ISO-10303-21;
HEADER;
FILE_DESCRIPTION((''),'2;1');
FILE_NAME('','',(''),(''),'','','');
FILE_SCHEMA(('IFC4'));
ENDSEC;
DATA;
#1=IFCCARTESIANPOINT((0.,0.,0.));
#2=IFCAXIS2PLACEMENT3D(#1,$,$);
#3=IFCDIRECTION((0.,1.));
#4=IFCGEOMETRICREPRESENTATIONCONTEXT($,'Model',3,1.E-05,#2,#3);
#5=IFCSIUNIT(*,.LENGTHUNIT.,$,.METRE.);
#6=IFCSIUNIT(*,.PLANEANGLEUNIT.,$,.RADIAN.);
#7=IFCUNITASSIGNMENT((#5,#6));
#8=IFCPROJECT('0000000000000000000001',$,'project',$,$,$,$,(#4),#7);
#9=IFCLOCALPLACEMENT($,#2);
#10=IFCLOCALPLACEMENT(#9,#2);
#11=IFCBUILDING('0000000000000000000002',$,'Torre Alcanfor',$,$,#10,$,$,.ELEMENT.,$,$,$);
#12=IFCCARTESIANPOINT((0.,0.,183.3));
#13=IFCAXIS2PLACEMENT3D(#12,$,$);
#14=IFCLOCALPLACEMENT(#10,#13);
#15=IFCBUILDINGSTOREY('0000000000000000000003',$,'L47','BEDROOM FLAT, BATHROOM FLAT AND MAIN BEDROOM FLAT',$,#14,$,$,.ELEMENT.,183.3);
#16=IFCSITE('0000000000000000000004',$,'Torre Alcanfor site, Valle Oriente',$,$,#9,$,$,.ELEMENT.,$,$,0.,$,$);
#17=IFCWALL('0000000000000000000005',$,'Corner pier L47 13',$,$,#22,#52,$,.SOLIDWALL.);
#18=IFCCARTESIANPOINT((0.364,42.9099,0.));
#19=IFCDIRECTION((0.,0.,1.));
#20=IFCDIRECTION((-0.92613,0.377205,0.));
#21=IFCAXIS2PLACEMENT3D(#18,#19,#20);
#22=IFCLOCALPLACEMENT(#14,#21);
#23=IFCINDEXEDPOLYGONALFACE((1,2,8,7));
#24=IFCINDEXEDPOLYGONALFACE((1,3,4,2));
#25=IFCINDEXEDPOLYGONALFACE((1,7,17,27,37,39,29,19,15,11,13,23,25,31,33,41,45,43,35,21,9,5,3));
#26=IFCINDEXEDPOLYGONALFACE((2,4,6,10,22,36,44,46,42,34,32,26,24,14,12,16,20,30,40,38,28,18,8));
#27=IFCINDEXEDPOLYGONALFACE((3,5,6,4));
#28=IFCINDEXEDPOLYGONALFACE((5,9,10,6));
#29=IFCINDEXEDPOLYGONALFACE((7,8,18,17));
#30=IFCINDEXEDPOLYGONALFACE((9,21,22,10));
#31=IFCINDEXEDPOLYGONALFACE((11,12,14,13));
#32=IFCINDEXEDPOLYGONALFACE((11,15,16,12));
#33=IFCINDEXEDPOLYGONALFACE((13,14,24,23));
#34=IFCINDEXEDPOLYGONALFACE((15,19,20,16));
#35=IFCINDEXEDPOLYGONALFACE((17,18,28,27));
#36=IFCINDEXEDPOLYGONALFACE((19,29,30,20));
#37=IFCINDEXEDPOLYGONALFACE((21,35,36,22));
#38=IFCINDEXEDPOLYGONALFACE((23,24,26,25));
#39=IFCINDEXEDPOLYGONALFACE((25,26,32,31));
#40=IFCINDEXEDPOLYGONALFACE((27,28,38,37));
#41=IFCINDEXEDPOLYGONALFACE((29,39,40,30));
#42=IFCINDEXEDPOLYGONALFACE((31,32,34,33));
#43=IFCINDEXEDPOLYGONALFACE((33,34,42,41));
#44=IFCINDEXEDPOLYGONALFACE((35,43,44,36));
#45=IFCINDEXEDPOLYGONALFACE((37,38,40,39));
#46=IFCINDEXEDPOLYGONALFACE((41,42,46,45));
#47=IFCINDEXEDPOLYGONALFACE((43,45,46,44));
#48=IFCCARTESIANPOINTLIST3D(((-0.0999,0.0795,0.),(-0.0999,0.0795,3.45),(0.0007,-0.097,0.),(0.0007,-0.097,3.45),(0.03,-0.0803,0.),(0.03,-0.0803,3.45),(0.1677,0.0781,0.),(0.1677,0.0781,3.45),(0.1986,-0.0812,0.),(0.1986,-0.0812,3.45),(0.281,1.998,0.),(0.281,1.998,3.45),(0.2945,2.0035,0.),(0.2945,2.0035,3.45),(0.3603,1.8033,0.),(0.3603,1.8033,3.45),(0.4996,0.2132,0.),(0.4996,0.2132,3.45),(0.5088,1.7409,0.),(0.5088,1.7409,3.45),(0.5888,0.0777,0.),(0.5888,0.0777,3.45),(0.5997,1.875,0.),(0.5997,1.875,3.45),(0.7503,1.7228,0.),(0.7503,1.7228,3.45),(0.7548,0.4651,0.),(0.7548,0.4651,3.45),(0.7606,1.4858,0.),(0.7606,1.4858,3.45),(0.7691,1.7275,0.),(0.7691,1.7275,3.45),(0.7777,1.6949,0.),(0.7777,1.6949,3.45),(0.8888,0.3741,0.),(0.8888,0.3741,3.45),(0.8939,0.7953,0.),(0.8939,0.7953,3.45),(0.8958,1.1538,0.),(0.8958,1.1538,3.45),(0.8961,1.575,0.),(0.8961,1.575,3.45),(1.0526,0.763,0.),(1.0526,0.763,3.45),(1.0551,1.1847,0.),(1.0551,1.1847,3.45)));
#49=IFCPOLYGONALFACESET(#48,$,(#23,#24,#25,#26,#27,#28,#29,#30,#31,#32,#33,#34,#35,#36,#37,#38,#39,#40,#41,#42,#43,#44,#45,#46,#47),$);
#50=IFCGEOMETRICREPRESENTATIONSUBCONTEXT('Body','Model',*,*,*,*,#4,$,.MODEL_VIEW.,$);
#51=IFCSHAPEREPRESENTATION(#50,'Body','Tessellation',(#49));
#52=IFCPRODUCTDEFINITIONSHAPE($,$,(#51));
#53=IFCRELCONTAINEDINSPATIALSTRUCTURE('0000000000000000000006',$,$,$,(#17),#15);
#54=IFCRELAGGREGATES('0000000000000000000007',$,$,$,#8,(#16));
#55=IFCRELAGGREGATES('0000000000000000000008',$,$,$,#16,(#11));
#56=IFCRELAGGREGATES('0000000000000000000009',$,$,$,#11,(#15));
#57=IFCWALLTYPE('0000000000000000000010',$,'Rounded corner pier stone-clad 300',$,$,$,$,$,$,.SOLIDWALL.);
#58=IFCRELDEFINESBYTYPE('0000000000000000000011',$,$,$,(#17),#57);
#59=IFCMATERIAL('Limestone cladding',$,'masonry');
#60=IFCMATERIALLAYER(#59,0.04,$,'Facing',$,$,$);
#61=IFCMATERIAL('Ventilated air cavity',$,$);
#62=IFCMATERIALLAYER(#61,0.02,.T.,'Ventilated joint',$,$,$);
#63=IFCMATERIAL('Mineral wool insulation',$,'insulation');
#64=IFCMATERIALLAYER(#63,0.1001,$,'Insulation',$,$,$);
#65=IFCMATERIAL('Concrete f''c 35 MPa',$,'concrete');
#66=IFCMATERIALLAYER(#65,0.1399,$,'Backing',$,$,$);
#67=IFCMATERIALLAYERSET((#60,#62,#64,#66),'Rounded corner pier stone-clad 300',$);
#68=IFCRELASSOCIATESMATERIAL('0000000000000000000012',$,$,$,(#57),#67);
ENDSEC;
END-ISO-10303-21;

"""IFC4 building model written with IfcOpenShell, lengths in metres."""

from ifc_helpers import new_model, si_unit, direction, frame, origin, place, context, subcontext, project, spatial, polyline, outline, extrude, material, layer, layer_set, type_object, element, save


model = new_model("IFC4")

# Units and contexts
model_context = context("Model", 3, precision=1e-05, world=origin(), true_north=direction((0.0, 1.0)))
body_context = subcontext(model_context, "Body", "Model", "MODEL_VIEW")
ifc_project = project(units=[si_unit("LENGTHUNIT", "METRE"), si_unit("PLANEANGLEUNIT", "RADIAN")], contexts=[model_context])

# Site, building, storey
site_placement = place(None, origin())
site = spatial("IfcSite", under=ifc_project, at=site_placement, Name="Torre Alcanfor site, Valle Oriente", CompositionType="ELEMENT", RefElevation=0.0)
building_placement = place(site_placement, origin())
building = spatial("IfcBuilding", under=site, at=building_placement, Name="Torre Alcanfor", CompositionType="ELEMENT")
storey_placement = place(building_placement, frame((0.0, 0.0, 183.3)))
storey = spatial("IfcBuildingStorey", under=building, at=storey_placement, Name="L47", Description="BEDROOM FLAT, BATHROOM FLAT AND MAIN BEDROOM FLAT", CompositionType="ELEMENT", Elevation=183.3)

# Wall
ifc_material_1 = material(Name="Limestone cladding", Category="masonry")
ifc_layer_1 = layer(ifc_material_1, 0.04, Name="Facing")
ifc_material_2 = material(Name="Ventilated air cavity")
ifc_layer_2 = layer(ifc_material_2, 0.02, ventilated=True, Name="Ventilated joint")
ifc_material_3 = material(Name="Mineral wool insulation", Category="insulation")
ifc_layer_3 = layer(ifc_material_3, 0.1001, Name="Insulation")
ifc_material_4 = material(Name="Concrete f'c 35 MPa", Category="concrete")
ifc_layer_4 = layer(ifc_material_4, 0.1399, Name="Backing")
ifc_layer_set_1 = layer_set([ifc_layer_1, ifc_layer_2, ifc_layer_3, ifc_layer_4], Name="Rounded corner pier stone-clad 300")
wall_type_1 = type_object("IfcWallType", Name="Rounded corner pier stone-clad 300", PredefinedType="SOLIDWALL", material=ifc_layer_set_1)
wall_1_placement = place(storey_placement, frame((0.364, 42.9099, 0.0), z_axis=(0.0, 0.0, 1.0), x_axis=(-0.92613, 0.377205, 0.0)))
element("IfcWall", 1, at=wall_1_placement, inside=storey, type_object=wall_type_1, Name="Corner pier L47 13", PredefinedType="SOLIDWALL", context=body_context, shape_type="SweptSolid", body=[
    extrude(outline(polyline([(0.3603, 1.8033), (0.5088, 1.7409), (0.7606, 1.4858), (0.8958, 1.1538), (0.8939, 0.7953), (0.7548, 0.4651), (0.4996, 0.2132), (0.1677, 0.0781), (-0.0999, 0.0795), (0.0007, -0.097), (0.03, -0.0803), (0.1986, -0.0812), (0.5888, 0.0777), (0.8888, 0.3741), (1.0526, 0.763), (1.0551, 1.1847), (0.8961, 1.575), (0.7777, 1.6949), (0.7691, 1.7275), (0.7503, 1.7228), (0.5997, 1.875), (0.2945, 2.0035), (0.281, 1.998), (0.3603, 1.8033)])), origin(), (0.0, 0.0, 1.0), 3.45),
])

save(model, "model.ifc")
